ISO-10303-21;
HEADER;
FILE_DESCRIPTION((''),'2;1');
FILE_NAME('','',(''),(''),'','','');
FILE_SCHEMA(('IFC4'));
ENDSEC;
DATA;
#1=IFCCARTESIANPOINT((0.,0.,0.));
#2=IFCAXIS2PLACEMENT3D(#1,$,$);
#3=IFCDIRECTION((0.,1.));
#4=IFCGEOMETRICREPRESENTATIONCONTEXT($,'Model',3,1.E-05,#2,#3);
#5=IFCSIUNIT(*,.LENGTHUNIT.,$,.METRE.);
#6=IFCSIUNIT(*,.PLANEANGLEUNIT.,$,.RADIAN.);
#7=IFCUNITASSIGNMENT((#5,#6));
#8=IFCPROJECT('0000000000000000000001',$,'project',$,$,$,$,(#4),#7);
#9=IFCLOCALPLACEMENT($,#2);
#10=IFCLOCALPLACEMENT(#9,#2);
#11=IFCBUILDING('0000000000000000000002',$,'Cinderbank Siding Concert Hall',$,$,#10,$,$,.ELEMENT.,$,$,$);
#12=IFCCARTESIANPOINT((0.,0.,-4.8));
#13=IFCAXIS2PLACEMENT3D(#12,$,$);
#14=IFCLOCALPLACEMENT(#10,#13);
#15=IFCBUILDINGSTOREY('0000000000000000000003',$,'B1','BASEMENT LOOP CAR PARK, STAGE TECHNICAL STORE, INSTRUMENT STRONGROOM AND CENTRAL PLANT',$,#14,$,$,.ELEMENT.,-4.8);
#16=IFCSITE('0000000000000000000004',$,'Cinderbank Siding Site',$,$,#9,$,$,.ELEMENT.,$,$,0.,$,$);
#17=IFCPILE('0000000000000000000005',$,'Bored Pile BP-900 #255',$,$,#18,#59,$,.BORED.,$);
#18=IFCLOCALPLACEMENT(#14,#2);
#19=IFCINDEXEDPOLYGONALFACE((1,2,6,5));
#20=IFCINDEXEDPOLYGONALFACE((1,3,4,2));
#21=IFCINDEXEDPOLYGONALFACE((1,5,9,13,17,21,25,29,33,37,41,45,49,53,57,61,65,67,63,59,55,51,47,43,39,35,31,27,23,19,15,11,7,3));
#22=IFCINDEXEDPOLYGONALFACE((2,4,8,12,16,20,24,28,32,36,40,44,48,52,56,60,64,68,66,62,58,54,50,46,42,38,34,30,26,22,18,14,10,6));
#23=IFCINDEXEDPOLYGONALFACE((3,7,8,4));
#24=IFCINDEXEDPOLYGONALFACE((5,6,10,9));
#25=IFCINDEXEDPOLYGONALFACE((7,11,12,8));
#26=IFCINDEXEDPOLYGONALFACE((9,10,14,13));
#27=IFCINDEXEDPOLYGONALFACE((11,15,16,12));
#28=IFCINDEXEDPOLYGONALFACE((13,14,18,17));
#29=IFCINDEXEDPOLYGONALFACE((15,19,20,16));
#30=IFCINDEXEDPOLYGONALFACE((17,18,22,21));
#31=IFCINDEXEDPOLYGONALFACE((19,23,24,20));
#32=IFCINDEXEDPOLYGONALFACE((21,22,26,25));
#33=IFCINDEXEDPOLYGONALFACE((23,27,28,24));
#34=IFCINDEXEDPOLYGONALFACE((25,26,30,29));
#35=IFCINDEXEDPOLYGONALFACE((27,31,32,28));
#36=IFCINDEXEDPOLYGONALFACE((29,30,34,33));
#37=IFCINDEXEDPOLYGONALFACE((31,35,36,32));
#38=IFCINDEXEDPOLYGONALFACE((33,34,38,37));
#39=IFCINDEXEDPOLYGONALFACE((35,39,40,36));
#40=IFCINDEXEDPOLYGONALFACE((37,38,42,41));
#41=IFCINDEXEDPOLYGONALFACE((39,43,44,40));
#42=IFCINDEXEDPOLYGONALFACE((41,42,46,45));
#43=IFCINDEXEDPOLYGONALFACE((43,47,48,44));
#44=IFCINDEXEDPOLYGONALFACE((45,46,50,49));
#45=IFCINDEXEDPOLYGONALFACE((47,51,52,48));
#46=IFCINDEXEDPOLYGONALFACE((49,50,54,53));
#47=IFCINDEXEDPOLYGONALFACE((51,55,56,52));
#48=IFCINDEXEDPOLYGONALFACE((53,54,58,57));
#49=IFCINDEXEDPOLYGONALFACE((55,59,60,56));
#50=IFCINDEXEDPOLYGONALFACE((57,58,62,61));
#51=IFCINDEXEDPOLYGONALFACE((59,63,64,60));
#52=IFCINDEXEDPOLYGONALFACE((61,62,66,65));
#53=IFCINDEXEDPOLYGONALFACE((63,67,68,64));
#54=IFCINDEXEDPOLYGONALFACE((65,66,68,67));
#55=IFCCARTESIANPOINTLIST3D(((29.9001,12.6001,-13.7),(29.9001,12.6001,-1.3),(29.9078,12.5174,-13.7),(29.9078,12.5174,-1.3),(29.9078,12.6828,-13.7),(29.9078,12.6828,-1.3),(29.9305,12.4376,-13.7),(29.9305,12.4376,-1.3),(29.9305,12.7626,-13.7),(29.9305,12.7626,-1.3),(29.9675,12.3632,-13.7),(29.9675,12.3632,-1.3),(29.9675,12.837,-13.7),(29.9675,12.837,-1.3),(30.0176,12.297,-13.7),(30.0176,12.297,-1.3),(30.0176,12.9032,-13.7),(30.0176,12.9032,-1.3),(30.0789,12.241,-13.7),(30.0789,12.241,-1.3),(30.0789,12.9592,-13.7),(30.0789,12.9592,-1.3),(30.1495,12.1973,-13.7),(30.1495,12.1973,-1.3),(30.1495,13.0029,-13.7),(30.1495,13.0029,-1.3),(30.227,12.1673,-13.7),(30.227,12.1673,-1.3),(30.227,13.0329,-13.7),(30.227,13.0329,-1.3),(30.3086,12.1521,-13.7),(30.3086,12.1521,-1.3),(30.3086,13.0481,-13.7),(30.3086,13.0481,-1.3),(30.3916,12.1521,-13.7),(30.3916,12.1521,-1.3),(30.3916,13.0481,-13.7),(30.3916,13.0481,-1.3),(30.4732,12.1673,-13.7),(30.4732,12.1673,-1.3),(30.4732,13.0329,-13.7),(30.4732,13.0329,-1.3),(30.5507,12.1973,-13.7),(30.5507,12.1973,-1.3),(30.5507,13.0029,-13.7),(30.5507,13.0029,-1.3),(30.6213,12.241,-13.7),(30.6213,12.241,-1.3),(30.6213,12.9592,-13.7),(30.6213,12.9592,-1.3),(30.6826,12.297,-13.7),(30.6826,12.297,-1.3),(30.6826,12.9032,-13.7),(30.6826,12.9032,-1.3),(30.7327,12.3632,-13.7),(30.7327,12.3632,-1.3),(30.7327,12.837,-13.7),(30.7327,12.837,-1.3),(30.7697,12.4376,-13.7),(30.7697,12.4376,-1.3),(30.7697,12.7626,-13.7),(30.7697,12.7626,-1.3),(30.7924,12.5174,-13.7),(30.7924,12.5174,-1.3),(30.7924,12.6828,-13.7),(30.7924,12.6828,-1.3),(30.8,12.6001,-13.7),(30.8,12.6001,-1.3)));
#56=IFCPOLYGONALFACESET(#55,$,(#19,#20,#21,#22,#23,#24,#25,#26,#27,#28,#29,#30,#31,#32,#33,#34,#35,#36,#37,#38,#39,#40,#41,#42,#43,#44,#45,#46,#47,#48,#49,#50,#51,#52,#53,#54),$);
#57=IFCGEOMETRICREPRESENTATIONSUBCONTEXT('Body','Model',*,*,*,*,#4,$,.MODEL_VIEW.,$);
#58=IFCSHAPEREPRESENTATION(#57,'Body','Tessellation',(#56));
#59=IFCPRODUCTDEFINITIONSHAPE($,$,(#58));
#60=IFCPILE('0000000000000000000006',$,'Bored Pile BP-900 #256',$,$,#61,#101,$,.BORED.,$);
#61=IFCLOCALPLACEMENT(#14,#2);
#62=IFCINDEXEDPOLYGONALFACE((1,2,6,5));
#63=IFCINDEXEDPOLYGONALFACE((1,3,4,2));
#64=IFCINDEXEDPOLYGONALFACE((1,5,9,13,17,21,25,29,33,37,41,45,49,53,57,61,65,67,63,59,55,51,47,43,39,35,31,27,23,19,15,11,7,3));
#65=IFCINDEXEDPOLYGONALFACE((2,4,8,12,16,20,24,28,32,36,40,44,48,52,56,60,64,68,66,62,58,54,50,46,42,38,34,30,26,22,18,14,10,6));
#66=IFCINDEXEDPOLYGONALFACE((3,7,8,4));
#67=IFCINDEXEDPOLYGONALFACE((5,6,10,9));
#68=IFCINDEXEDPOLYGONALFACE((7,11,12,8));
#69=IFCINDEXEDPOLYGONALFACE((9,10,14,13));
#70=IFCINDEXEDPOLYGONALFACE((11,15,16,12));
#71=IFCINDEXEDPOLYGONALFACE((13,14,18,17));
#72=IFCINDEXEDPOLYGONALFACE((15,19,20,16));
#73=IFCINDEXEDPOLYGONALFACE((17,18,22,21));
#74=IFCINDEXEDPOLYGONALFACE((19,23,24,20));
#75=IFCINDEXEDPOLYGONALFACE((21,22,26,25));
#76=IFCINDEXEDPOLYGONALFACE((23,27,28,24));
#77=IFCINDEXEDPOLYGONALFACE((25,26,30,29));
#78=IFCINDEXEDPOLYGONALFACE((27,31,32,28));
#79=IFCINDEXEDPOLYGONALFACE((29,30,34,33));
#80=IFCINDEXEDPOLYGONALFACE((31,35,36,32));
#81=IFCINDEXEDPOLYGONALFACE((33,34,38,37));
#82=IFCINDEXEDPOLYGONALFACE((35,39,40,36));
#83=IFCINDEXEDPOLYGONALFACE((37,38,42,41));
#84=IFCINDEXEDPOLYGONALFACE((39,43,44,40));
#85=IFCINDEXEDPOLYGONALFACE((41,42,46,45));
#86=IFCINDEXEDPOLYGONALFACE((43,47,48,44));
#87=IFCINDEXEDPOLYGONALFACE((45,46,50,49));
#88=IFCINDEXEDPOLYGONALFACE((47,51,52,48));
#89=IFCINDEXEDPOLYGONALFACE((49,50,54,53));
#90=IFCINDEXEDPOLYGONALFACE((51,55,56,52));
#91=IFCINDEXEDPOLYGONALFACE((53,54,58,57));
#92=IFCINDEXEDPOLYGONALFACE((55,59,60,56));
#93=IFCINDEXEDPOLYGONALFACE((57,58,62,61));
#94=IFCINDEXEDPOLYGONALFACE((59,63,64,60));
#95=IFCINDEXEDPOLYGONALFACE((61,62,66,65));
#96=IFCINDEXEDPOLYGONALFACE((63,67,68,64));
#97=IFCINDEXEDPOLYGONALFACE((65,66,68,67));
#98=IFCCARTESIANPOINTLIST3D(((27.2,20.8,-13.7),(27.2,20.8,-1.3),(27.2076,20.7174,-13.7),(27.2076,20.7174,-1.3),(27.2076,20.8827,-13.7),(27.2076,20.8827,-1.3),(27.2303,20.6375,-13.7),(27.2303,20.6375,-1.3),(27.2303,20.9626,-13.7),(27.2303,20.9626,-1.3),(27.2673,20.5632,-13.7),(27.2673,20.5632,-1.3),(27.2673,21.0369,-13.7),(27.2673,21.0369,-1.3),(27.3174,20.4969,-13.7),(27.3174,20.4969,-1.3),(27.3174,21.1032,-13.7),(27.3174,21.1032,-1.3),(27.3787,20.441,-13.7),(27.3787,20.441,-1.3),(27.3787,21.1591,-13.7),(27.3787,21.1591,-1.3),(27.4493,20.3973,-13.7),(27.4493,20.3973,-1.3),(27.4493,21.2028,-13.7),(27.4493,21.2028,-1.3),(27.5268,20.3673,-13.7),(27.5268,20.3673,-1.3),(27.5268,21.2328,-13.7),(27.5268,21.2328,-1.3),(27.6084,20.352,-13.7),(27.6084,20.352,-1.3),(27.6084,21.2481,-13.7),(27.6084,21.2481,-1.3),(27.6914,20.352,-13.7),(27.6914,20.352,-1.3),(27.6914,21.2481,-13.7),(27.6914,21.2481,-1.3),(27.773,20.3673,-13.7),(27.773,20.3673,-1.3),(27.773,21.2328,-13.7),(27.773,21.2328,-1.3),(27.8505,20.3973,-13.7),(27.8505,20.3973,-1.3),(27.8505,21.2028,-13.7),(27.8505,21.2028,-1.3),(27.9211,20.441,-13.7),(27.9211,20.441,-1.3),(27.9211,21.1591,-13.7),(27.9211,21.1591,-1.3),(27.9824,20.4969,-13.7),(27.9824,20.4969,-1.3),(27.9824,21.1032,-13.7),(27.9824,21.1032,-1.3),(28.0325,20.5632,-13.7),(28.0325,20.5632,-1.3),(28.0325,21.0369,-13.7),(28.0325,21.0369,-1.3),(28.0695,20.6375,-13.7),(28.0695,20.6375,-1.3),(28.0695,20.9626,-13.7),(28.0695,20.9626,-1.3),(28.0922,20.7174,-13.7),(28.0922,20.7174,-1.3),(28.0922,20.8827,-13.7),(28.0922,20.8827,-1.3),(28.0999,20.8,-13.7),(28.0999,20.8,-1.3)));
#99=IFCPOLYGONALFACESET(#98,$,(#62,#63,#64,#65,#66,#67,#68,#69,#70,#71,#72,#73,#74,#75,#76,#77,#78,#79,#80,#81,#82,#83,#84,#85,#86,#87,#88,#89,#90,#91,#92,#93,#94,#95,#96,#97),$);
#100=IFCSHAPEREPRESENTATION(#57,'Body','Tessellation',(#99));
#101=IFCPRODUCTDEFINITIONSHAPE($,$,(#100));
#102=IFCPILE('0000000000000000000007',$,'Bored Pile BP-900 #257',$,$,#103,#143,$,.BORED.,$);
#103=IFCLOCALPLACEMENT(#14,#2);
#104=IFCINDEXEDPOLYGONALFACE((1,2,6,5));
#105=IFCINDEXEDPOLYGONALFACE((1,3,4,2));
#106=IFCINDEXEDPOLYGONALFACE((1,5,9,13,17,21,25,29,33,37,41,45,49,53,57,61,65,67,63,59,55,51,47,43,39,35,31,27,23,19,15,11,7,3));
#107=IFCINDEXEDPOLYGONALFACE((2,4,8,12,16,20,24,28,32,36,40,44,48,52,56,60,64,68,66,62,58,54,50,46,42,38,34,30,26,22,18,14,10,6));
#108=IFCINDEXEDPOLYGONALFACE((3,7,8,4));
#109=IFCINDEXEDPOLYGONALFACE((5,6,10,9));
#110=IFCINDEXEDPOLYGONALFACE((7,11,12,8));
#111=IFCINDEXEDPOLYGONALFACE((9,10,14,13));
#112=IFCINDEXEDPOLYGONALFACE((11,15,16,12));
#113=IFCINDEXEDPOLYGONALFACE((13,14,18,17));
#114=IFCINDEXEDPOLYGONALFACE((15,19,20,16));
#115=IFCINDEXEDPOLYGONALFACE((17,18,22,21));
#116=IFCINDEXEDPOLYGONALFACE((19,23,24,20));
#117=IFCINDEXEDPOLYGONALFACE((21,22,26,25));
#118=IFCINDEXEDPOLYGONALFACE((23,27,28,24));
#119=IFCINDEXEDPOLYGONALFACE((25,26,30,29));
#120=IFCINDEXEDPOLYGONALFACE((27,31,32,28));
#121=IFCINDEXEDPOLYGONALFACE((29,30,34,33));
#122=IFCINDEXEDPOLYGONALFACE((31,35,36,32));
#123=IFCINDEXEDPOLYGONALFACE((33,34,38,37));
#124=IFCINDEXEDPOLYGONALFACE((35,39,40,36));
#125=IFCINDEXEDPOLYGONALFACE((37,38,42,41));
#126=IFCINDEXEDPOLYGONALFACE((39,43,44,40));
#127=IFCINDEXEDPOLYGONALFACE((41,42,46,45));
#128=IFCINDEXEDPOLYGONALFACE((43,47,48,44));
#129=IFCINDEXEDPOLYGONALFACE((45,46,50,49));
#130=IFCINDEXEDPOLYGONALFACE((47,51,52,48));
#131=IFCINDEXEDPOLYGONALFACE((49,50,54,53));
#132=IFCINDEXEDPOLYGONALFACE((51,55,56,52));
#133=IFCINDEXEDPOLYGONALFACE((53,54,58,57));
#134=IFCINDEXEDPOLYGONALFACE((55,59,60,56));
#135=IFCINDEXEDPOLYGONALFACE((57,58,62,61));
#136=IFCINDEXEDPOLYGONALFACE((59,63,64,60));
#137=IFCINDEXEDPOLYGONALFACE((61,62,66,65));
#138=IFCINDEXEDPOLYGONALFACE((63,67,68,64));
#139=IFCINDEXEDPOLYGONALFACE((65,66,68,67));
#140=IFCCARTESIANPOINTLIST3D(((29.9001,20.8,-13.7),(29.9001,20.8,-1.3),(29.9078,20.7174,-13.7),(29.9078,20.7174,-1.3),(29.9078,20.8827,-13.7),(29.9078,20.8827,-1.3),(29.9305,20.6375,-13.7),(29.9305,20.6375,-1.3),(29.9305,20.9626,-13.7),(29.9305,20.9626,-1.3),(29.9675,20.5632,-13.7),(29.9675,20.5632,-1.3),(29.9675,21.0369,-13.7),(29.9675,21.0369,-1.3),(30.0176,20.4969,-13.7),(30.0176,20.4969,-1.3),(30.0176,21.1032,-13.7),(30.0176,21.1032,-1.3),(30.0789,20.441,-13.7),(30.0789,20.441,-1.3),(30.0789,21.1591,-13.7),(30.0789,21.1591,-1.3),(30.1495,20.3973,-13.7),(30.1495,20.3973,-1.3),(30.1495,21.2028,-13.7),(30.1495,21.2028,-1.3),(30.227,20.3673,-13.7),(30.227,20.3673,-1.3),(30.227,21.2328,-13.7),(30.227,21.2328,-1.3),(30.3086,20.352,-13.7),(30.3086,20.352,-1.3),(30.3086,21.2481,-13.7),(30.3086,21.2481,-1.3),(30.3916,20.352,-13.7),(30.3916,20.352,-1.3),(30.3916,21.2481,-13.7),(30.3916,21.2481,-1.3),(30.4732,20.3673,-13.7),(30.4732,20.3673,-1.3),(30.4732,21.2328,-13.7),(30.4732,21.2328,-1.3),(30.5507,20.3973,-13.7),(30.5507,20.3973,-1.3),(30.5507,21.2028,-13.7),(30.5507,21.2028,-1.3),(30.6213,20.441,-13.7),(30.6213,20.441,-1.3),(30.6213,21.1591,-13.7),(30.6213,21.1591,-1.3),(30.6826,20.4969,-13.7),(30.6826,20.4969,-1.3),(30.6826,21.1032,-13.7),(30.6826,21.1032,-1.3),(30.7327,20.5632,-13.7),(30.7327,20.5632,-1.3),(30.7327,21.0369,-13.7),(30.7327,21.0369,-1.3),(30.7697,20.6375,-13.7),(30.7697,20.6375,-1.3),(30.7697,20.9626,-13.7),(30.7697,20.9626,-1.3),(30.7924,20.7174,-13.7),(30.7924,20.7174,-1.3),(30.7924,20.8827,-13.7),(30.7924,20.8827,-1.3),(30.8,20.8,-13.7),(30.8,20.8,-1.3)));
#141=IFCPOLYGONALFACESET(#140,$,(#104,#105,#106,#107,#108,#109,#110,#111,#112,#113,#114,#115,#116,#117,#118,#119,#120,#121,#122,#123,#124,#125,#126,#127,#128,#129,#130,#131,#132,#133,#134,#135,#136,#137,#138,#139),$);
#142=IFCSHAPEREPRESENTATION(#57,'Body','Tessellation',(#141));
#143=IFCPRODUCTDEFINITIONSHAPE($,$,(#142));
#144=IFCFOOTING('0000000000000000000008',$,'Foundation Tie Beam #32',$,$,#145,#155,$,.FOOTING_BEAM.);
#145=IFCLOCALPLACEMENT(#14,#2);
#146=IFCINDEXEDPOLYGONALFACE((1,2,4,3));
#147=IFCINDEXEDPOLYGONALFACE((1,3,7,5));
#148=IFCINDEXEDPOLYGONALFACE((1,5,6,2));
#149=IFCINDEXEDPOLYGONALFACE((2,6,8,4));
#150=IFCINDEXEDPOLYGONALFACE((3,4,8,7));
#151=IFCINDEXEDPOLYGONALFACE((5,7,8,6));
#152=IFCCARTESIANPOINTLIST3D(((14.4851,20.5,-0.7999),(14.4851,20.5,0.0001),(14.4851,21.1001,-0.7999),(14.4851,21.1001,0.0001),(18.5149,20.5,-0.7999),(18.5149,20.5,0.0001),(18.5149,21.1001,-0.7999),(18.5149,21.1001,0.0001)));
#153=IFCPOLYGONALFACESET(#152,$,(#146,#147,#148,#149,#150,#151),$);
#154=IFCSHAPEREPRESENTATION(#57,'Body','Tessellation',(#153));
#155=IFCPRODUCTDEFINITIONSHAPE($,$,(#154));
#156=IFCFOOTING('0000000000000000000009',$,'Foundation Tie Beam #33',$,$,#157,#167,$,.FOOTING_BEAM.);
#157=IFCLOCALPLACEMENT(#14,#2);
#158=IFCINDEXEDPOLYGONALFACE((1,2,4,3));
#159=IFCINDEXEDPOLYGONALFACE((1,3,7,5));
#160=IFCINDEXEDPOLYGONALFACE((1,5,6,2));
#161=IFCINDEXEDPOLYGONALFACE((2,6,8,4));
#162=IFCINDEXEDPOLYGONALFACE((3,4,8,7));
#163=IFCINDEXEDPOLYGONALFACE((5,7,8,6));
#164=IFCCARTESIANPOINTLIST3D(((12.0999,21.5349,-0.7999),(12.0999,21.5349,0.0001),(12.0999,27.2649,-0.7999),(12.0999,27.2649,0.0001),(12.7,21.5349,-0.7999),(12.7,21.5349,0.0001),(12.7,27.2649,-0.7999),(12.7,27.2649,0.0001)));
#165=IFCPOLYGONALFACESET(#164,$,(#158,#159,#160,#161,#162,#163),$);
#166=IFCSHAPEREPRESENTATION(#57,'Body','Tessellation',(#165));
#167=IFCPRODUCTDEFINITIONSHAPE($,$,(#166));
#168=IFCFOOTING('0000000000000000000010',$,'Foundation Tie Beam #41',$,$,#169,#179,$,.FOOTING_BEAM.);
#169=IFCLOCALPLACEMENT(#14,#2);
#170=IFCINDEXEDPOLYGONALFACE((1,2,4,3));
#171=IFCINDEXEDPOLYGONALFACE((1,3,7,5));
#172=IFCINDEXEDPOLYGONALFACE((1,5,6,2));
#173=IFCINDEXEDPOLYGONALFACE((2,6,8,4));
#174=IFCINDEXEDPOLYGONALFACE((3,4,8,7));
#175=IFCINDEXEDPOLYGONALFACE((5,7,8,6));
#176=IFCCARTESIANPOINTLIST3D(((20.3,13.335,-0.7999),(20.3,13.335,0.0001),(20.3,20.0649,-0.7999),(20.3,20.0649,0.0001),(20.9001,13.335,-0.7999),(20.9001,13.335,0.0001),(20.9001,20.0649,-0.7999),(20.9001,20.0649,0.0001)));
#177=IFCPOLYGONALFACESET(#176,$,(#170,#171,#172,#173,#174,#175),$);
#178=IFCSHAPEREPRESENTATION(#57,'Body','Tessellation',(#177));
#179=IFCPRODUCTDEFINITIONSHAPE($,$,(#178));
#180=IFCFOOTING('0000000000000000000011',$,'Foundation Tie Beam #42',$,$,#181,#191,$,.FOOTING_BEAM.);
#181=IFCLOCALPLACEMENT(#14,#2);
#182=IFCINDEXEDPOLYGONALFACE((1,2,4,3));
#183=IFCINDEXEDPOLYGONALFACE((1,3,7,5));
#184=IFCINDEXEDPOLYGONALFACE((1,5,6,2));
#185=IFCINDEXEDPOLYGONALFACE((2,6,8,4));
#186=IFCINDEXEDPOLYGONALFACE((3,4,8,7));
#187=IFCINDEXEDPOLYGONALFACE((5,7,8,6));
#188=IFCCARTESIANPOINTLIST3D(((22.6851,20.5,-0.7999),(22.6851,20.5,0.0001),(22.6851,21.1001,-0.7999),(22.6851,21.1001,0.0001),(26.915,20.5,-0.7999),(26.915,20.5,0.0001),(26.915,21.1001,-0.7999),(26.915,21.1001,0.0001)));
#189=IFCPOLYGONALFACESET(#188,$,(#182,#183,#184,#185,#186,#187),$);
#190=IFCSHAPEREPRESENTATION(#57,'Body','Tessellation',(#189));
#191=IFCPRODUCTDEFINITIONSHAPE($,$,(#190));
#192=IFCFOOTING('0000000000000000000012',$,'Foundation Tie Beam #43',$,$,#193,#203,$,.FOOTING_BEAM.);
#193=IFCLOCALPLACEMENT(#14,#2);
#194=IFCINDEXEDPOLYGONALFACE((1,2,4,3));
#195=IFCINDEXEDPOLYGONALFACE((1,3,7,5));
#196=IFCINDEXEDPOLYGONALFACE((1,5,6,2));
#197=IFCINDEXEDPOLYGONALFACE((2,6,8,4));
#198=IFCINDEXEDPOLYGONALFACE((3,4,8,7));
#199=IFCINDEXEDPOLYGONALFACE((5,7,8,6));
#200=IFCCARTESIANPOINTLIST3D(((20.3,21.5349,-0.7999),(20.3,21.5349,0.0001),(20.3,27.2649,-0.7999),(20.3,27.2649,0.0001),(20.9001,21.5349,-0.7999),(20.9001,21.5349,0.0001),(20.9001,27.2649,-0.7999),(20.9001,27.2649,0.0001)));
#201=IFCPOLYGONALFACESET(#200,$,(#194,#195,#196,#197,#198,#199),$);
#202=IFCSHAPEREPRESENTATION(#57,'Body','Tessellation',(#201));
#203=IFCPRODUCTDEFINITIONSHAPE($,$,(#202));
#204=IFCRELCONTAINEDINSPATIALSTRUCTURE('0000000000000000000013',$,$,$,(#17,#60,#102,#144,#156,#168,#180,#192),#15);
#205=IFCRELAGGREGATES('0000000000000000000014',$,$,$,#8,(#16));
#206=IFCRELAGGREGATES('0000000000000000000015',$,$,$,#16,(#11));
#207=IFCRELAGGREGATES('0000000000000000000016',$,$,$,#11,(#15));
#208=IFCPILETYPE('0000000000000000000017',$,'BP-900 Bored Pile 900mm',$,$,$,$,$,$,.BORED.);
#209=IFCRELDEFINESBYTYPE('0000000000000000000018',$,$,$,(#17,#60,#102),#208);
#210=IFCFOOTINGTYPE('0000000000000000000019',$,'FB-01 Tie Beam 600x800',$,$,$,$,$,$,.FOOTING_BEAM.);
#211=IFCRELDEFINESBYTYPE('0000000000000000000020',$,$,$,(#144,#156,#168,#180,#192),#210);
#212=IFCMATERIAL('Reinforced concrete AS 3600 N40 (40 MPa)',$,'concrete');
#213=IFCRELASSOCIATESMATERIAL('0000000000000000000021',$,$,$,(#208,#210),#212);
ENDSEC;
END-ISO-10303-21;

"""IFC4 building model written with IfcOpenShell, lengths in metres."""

from ifc_helpers import new_model, si_unit, direction, frame, origin, origin_2d, place, context, subcontext, project, spatial, rectangle, circle, extrude, material, material_profile, profile_set, type_object, element, save


model = new_model("IFC4")

# Units and contexts
model_context = context("Model", 3, precision=1e-05, world=origin(), true_north=direction((0.0, 1.0)))
body_context = subcontext(model_context, "Body", "Model", "MODEL_VIEW")
ifc_project = project(units=[si_unit("LENGTHUNIT", "METRE"), si_unit("PLANEANGLEUNIT", "RADIAN")], contexts=[model_context])

# Site, building, storey
site_placement = place(None, origin())
site = spatial("IfcSite", under=ifc_project, at=site_placement, Name="Cinderbank Siding Site", CompositionType="ELEMENT", RefElevation=0.0)
building_placement = place(site_placement, origin())
building = spatial("IfcBuilding", under=site, at=building_placement, Name="Cinderbank Siding Concert Hall", CompositionType="ELEMENT")
storey_placement = place(building_placement, frame((0.0, 0.0, -4.8)))
storey = spatial("IfcBuildingStorey", under=building, at=storey_placement, Name="B1", Description="BASEMENT LOOP CAR PARK, STAGE TECHNICAL STORE, INSTRUMENT STRONGROOM AND CENTRAL PLANT", CompositionType="ELEMENT", Elevation=-4.8)

# Piles
ifc_material_1 = material(Name="Reinforced concrete AS 3600 N40 (40 MPa)", Category="concrete")
ifc_material_profile_1 = material_profile(ifc_material_1, circle(Radius=0.45, at=origin_2d()), Name="PILE-900DIA", Category="LoadBearing")
ifc_profile_set_1 = profile_set([ifc_material_profile_1], Name="Reinforced concrete AS 3600 N40 (40 MPa)")
pile_type = type_object("IfcPileType", Name="BP-900 Bored Pile 900mm", PredefinedType="BORED", material=ifc_profile_set_1)
for number, where, z_axis, x_axis, name in (
    (1, (30.3501, 12.6001, -1.3), (0.0, 0.0, -1.0), (1.0, 0.0, 0.0), "Bored Pile BP-900 #255"),
    (2, (27.6499, 20.8, -1.3), (0.0, 0.0, -1.0), (1.0, 0.0, 0.0), "Bored Pile BP-900 #256"),
    (3, (30.3501, 20.8, -1.3), (0.0, 0.0, -1.0), (1.0, 0.0, 0.0), "Bored Pile BP-900 #257"),
):
    element("IfcPile", number, at=place(storey_placement, frame(where, z_axis=z_axis, x_axis=x_axis)), inside=storey, type_object=pile_type, Name=name, PredefinedType="BORED", context=body_context, shape_type="SweptSolid", body=[
        extrude(circle(Radius=0.45, at=origin_2d()), origin(), (0.0, 0.0, 1.0), 12.3999),
    ])

# Footings
ifc_material_profile_2 = material_profile(ifc_material_1, rectangle(XDim=0.6001, YDim=0.8, at=origin_2d()), Name="RC-FB-600x800", Category="LoadBearing")
ifc_profile_set_2 = profile_set([ifc_material_profile_2], Name="Reinforced concrete AS 3600 N40 (40 MPa)")
footing_type_1 = type_object("IfcFootingType", Name="FB-01 Tie Beam 600x800", PredefinedType="FOOTING_BEAM", material=ifc_profile_set_2)
footing_1_placement = place(storey_placement, frame((14.4851, 20.8, -0.3999), z_axis=(1.0, 0.0, 0.0), x_axis=(0.0, 1.0, 0.0)))
element("IfcFooting", 4, at=footing_1_placement, inside=storey, type_object=footing_type_1, Name="Foundation Tie Beam #32", PredefinedType="FOOTING_BEAM", context=body_context, shape_type="SweptSolid", body=[
    extrude(rectangle(XDim=0.6001, YDim=0.8, at=origin_2d()), origin(), (0.0, 0.0, 1.0), 4.0298),
])
footing_2_placement = place(storey_placement, frame((12.3999, 21.5349, -0.3999), z_axis=(0.0, 1.0, 0.0), x_axis=(-1.0, 0.0, 0.0)))
element("IfcFooting", 5, at=footing_2_placement, inside=storey, type_object=footing_type_1, Name="Foundation Tie Beam #33", PredefinedType="FOOTING_BEAM", context=body_context, shape_type="SweptSolid", body=[
    extrude(rectangle(XDim=0.6001, YDim=0.8, at=origin_2d()), origin(), (0.0, 0.0, 1.0), 5.73),
])
footing_3_placement = place(storey_placement, frame((20.6001, 13.335, -0.3999), z_axis=(0.0, 1.0, 0.0), x_axis=(-1.0, 0.0, 0.0)))
element("IfcFooting", 6, at=footing_3_placement, inside=storey, type_object=footing_type_1, Name="Foundation Tie Beam #41", PredefinedType="FOOTING_BEAM", context=body_context, shape_type="SweptSolid", body=[
    extrude(rectangle(XDim=0.6001, YDim=0.8, at=origin_2d()), origin(), (0.0, 0.0, 1.0), 6.73),
])
footing_4_placement = place(storey_placement, frame((22.6851, 20.8, -0.3999), z_axis=(1.0, 0.0, 0.0), x_axis=(0.0, 1.0, 0.0)))
element("IfcFooting", 7, at=footing_4_placement, inside=storey, type_object=footing_type_1, Name="Foundation Tie Beam #42", PredefinedType="FOOTING_BEAM", context=body_context, shape_type="SweptSolid", body=[
    extrude(rectangle(XDim=0.6001, YDim=0.8, at=origin_2d()), origin(), (0.0, 0.0, 1.0), 4.23),
])
footing_5_placement = place(storey_placement, frame((20.6001, 21.5349, -0.3999), z_axis=(0.0, 1.0, 0.0), x_axis=(-1.0, 0.0, 0.0)))
element("IfcFooting", 8, at=footing_5_placement, inside=storey, type_object=footing_type_1, Name="Foundation Tie Beam #43", PredefinedType="FOOTING_BEAM", context=body_context, shape_type="SweptSolid", body=[
    extrude(rectangle(XDim=0.6001, YDim=0.8, at=origin_2d()), origin(), (0.0, 0.0, 1.0), 5.73),
])

save(model, "model.ifc")
